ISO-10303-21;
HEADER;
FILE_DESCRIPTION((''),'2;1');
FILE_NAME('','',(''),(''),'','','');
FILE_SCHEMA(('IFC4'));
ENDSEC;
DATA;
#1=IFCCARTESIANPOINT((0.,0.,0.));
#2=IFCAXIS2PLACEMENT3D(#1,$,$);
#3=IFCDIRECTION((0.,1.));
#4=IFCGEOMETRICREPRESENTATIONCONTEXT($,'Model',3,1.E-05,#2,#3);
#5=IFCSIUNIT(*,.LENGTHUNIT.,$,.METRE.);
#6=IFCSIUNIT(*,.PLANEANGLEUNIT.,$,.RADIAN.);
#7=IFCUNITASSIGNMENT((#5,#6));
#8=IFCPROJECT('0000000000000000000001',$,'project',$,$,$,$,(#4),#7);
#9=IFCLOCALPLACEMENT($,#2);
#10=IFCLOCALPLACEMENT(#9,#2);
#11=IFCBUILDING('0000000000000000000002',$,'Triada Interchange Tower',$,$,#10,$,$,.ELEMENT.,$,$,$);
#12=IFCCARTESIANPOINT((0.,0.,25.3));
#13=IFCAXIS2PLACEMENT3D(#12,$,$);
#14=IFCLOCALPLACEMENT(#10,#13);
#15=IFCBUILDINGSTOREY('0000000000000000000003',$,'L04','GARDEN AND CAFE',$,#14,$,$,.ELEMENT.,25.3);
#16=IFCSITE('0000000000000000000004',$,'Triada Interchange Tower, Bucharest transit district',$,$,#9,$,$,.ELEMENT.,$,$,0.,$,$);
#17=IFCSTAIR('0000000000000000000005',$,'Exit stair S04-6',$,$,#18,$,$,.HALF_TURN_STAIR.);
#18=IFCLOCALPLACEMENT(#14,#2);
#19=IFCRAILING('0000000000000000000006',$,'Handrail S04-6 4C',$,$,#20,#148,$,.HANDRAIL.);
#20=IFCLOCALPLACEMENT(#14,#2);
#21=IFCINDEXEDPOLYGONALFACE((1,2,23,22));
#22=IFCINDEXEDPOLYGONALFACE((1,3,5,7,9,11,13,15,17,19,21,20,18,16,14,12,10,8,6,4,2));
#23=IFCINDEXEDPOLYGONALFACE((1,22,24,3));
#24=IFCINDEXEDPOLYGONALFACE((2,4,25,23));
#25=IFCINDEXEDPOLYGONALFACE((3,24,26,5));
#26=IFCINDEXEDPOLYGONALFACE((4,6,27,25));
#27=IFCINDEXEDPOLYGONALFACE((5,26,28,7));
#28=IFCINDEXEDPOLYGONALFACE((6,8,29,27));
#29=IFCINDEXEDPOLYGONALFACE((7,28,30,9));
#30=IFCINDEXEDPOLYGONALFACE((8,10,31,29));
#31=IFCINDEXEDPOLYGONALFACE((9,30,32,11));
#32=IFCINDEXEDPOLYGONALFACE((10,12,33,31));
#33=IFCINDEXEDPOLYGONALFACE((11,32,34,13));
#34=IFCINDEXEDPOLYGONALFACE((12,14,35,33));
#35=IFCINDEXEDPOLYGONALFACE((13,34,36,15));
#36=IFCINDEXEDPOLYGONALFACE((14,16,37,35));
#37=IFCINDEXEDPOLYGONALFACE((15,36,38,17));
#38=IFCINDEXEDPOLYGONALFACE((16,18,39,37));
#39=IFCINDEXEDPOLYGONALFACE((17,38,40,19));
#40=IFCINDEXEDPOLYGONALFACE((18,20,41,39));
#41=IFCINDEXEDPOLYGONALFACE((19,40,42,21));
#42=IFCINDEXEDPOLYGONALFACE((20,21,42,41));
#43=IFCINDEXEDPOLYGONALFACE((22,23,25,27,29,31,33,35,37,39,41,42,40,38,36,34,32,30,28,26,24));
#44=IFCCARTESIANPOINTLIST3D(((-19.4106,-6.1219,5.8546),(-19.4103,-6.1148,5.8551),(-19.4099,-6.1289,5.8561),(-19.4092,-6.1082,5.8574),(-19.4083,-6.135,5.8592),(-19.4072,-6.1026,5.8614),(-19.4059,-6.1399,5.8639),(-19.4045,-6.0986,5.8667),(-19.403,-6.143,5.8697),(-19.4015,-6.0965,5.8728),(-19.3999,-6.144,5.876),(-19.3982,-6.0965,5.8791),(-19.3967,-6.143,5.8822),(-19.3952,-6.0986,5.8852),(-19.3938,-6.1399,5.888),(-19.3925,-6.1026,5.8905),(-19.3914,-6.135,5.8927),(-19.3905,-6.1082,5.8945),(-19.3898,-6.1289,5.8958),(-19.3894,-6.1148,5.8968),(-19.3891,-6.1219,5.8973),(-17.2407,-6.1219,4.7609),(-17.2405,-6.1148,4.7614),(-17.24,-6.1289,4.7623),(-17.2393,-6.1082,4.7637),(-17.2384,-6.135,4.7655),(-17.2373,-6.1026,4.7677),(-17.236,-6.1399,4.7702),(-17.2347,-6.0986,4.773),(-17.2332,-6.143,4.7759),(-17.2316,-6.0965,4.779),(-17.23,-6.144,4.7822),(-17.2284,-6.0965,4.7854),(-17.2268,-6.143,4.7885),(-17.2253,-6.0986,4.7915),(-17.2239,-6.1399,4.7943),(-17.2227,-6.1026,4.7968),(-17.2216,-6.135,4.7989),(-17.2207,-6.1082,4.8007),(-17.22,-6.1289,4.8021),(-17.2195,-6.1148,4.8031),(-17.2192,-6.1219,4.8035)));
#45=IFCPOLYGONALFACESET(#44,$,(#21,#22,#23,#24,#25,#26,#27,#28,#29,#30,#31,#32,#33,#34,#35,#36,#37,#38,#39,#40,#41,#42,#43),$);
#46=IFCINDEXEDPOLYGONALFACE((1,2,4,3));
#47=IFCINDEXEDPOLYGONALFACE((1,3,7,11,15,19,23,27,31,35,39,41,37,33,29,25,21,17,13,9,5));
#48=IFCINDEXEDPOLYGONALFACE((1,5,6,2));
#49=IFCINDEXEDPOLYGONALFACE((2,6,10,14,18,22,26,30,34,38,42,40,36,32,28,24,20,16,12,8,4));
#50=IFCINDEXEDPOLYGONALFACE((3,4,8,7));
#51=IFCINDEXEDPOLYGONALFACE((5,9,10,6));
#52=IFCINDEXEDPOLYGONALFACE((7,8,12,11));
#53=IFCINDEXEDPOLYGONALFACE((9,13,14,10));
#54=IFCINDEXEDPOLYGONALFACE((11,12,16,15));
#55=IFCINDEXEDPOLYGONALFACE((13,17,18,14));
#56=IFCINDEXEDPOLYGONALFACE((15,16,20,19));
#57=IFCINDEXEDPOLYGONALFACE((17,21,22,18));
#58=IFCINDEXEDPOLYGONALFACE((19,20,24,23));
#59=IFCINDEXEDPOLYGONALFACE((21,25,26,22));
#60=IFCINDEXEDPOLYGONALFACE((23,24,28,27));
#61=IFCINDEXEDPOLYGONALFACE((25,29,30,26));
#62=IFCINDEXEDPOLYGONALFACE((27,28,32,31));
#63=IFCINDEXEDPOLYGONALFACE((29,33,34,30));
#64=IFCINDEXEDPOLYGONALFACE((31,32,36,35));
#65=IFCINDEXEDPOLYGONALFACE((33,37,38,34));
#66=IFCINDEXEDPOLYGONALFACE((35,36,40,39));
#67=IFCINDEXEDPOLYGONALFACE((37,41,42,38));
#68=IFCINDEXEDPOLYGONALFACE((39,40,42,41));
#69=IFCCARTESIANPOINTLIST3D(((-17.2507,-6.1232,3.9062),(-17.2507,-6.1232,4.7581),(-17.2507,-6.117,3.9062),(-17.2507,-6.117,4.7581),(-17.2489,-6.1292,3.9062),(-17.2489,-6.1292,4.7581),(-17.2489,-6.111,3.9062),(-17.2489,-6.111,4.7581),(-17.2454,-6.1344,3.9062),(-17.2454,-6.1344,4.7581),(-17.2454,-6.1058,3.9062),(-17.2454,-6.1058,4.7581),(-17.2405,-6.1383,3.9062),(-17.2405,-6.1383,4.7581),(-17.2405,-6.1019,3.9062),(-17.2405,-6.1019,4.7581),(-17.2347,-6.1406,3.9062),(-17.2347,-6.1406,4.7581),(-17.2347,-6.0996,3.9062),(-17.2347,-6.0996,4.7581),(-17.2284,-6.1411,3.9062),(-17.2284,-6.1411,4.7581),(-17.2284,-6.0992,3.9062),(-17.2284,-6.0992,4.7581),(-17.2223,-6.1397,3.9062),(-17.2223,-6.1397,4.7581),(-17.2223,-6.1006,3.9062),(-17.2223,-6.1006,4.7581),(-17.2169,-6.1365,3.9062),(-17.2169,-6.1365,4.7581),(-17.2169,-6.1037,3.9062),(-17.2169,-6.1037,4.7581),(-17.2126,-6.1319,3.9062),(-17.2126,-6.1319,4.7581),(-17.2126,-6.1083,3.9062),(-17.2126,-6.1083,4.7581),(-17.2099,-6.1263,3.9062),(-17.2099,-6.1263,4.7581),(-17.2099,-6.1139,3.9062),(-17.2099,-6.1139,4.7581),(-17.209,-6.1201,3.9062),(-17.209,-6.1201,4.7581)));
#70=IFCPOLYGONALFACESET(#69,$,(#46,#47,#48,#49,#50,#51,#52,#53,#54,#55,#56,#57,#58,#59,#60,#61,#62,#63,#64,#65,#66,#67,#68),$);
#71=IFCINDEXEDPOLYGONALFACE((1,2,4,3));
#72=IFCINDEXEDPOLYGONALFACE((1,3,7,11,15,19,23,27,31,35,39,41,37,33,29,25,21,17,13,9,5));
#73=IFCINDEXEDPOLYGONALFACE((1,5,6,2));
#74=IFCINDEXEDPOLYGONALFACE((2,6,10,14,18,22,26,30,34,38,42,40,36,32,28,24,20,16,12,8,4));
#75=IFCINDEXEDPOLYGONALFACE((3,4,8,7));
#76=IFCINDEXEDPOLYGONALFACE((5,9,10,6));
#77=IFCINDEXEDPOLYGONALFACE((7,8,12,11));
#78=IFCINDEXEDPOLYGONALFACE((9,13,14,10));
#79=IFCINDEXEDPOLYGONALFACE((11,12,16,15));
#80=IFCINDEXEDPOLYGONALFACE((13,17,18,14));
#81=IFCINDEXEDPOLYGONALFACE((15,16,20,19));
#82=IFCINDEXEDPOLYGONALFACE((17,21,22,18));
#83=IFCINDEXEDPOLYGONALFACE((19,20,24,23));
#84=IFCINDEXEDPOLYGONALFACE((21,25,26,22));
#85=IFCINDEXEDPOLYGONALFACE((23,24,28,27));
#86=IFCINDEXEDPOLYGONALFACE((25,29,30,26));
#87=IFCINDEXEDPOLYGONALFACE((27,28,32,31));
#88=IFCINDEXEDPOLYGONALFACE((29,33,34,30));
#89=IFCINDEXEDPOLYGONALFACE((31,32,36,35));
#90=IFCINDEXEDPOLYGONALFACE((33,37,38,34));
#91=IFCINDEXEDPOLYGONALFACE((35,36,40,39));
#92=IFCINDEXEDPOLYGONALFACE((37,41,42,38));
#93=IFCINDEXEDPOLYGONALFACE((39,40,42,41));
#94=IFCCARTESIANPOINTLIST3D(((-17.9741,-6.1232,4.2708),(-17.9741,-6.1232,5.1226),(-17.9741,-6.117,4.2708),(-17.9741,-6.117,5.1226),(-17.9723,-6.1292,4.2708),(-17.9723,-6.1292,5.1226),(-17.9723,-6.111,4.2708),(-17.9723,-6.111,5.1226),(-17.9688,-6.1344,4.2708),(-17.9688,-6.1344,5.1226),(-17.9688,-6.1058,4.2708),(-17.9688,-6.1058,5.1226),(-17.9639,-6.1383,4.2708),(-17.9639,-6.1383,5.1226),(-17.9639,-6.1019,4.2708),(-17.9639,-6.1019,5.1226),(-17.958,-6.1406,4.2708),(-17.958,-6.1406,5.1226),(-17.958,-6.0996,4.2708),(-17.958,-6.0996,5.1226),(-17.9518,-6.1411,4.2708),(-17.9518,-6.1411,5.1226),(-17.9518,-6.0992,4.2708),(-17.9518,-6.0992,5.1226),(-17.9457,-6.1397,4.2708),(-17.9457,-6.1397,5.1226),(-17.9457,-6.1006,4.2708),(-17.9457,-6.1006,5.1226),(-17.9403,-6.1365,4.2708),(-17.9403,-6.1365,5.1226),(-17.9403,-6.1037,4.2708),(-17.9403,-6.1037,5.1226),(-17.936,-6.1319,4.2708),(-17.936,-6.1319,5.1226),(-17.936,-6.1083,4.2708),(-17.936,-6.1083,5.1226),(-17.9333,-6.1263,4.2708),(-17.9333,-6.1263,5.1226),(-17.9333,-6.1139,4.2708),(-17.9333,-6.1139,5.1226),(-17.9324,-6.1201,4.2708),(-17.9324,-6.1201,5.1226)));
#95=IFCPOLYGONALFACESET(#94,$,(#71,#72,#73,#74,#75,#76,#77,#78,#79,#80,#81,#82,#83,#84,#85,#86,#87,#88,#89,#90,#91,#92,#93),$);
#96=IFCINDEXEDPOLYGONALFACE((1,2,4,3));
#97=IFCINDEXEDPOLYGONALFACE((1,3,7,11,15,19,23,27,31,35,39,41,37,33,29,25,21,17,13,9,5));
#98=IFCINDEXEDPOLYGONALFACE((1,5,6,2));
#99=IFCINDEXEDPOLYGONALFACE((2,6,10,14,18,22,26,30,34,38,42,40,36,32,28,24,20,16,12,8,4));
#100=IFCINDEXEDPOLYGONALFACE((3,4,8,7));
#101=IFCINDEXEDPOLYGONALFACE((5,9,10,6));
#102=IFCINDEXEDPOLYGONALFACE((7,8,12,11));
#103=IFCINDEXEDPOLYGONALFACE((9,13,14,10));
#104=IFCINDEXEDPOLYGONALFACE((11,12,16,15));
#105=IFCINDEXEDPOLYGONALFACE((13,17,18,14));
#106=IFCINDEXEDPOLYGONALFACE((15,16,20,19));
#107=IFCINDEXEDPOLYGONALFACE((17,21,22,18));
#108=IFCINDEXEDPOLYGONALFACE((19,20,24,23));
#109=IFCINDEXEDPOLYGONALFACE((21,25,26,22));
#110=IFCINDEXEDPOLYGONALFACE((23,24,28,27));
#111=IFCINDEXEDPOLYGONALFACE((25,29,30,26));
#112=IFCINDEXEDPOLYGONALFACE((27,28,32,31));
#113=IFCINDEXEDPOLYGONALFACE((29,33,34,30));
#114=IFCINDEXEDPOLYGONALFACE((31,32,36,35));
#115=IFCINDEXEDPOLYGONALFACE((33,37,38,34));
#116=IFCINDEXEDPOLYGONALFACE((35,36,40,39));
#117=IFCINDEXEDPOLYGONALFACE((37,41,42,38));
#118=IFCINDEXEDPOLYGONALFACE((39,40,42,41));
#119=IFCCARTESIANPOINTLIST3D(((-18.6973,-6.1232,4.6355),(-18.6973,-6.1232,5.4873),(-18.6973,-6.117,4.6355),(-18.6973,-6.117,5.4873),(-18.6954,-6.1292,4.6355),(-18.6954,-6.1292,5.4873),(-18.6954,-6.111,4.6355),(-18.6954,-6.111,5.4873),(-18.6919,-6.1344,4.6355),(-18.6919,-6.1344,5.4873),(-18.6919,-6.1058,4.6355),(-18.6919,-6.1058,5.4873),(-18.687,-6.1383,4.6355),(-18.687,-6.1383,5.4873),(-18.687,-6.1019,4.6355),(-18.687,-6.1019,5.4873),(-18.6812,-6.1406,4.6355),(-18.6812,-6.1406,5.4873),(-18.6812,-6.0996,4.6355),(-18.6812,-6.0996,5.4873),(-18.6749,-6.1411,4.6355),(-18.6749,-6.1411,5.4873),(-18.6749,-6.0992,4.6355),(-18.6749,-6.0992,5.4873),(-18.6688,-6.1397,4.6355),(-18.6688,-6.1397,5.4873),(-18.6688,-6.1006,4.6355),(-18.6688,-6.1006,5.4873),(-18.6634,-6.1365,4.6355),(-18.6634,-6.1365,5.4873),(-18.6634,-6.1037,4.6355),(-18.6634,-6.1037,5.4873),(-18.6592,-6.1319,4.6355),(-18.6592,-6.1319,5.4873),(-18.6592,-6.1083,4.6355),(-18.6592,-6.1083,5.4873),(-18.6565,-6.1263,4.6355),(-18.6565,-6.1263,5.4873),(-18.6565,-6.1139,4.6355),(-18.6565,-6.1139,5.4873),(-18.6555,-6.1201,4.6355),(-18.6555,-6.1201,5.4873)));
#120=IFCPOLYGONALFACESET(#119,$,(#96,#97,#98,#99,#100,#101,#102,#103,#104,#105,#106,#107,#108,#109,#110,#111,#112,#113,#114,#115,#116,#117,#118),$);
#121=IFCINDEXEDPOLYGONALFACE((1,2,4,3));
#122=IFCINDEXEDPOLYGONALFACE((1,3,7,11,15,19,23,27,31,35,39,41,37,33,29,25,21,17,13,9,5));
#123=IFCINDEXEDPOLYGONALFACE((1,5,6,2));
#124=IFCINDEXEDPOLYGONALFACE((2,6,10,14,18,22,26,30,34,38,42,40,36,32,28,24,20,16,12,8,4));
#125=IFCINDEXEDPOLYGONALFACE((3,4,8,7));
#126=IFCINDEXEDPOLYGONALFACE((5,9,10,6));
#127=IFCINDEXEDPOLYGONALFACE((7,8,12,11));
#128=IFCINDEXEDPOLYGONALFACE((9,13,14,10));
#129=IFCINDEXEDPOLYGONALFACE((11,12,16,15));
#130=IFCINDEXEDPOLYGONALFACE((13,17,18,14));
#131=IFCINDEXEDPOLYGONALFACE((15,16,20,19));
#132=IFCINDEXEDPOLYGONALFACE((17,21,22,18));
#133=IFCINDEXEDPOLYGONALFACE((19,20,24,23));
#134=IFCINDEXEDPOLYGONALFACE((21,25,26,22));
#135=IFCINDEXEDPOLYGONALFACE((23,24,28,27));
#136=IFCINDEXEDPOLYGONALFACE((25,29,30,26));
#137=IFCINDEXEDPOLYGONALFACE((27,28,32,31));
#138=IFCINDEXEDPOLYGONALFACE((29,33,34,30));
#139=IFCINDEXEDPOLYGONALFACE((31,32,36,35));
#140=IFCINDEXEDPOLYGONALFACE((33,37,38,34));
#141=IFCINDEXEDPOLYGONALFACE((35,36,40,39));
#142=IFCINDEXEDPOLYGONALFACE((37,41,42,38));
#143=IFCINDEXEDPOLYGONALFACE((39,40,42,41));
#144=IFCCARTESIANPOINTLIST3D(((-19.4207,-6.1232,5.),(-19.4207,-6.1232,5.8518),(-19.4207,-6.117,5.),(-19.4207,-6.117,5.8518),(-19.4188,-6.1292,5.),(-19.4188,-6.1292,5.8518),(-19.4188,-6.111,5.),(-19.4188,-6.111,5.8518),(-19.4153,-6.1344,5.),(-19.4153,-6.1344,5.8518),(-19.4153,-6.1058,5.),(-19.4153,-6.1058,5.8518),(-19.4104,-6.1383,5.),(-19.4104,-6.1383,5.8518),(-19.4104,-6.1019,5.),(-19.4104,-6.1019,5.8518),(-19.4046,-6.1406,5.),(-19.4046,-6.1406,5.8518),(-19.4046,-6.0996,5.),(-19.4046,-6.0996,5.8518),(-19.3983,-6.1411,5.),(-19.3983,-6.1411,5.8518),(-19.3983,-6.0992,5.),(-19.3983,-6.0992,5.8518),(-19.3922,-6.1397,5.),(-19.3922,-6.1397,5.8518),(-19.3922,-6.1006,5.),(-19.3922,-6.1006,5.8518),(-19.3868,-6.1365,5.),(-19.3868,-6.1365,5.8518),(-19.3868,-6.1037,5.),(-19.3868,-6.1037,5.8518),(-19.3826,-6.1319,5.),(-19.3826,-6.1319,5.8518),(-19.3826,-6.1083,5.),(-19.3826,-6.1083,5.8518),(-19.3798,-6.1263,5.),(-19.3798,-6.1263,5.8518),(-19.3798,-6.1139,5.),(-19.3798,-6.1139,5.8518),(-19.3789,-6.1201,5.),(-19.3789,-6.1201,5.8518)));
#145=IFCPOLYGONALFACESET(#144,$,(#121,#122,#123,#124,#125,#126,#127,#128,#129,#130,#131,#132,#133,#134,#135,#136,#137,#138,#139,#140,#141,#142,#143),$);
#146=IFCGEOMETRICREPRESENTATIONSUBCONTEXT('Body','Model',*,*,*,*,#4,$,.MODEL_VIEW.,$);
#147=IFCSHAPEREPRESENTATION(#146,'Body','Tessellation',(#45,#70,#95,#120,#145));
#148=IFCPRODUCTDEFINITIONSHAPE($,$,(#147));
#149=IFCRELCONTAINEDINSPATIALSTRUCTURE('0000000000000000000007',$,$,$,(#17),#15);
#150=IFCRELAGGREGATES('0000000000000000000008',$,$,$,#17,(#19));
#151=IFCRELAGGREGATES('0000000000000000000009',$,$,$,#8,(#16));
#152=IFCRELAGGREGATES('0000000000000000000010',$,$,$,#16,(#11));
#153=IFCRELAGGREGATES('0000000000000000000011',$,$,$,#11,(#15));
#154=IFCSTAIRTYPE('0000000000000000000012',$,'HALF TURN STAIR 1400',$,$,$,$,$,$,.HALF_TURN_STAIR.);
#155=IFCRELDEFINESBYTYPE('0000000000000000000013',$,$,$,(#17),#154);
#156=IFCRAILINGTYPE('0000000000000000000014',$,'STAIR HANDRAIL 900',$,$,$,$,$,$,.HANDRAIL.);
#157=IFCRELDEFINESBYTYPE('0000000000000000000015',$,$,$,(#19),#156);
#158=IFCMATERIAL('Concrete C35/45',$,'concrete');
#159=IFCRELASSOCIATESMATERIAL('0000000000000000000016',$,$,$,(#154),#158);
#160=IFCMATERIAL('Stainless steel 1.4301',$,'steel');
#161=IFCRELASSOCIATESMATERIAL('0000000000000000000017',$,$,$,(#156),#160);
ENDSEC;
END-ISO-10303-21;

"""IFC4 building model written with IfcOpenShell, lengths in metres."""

from ifc_helpers import new_model, si_unit, direction, frame, origin, origin_2d, place, context, subcontext, project, spatial, circle, extrude, material, type_object, element, aggregate, save


model = new_model("IFC4")

# Units and contexts
model_context = context("Model", 3, precision=1e-05, world=origin(), true_north=direction((0.0, 1.0)))
body_context = subcontext(model_context, "Body", "Model", "MODEL_VIEW")
ifc_project = project(units=[si_unit("LENGTHUNIT", "METRE"), si_unit("PLANEANGLEUNIT", "RADIAN")], contexts=[model_context])

# Site, building, storey
site_placement = place(None, origin())
site = spatial("IfcSite", under=ifc_project, at=site_placement, Name="Triada Interchange Tower, Bucharest transit district", CompositionType="ELEMENT", RefElevation=0.0)
building_placement = place(site_placement, origin())
building = spatial("IfcBuilding", under=site, at=building_placement, Name="Triada Interchange Tower", CompositionType="ELEMENT")
storey_placement = place(building_placement, frame((0.0, 0.0, 25.3)))
storey = spatial("IfcBuildingStorey", under=building, at=storey_placement, Name="L04", Description="GARDEN AND CAFE", CompositionType="ELEMENT", Elevation=25.3)

# Stair, railing
ifc_material_1 = material(Name="Concrete C35/45", Category="concrete")
stair_type = type_object("IfcStairType", Name="HALF TURN STAIR 1400", PredefinedType="HALF_TURN_STAIR", material=ifc_material_1)
stair_placement = place(storey_placement, origin())
stair = element("IfcStair", 1, at=stair_placement, inside=storey, type_object=stair_type, Name="Exit stair S04-6", PredefinedType="HALF_TURN_STAIR")
ifc_material_2 = material(Name="Stainless steel 1.4301", Category="steel")
railing_type = type_object("IfcRailingType", Name="STAIR HANDRAIL 900", PredefinedType="HANDRAIL", material=ifc_material_2)
railing_1_placement = place(storey_placement, frame((-17.23, -6.1201, 3.9062)))
railing_1 = element("IfcRailing", 2, at=railing_1_placement, type_object=railing_type, Name="Handrail S04-6 4C", PredefinedType="HANDRAIL", context=body_context, shape_type="SweptSolid", body=[
    extrude(circle(Radius=0.0239, at=origin_2d()), frame((0.0, 0.0, 0.876), z_axis=(-0.892976, 0.0, 0.450105), x_axis=(0.0, -1.0, 0.0)), (0.0, 0.0, 1.0), 2.4299),
    extrude(circle(Radius=0.021, at=origin_2d()), origin(), (0.0, 0.0, 1.0), 0.8518),
    extrude(circle(Radius=0.021, at=origin_2d()), frame((-0.7234, 0.0, 0.3645)), (0.0, 0.0, 1.0), 0.8518),
    extrude(circle(Radius=0.021, at=origin_2d()), frame((-1.4465, 0.0, 0.7292)), (0.0, 0.0, 1.0), 0.8518),
    extrude(circle(Radius=0.021, at=origin_2d()), frame((-2.1699, 0.0, 1.0938)), (0.0, 0.0, 1.0), 0.8518),
])
aggregate(stair, [railing_1])

save(model, "model.ifc")
